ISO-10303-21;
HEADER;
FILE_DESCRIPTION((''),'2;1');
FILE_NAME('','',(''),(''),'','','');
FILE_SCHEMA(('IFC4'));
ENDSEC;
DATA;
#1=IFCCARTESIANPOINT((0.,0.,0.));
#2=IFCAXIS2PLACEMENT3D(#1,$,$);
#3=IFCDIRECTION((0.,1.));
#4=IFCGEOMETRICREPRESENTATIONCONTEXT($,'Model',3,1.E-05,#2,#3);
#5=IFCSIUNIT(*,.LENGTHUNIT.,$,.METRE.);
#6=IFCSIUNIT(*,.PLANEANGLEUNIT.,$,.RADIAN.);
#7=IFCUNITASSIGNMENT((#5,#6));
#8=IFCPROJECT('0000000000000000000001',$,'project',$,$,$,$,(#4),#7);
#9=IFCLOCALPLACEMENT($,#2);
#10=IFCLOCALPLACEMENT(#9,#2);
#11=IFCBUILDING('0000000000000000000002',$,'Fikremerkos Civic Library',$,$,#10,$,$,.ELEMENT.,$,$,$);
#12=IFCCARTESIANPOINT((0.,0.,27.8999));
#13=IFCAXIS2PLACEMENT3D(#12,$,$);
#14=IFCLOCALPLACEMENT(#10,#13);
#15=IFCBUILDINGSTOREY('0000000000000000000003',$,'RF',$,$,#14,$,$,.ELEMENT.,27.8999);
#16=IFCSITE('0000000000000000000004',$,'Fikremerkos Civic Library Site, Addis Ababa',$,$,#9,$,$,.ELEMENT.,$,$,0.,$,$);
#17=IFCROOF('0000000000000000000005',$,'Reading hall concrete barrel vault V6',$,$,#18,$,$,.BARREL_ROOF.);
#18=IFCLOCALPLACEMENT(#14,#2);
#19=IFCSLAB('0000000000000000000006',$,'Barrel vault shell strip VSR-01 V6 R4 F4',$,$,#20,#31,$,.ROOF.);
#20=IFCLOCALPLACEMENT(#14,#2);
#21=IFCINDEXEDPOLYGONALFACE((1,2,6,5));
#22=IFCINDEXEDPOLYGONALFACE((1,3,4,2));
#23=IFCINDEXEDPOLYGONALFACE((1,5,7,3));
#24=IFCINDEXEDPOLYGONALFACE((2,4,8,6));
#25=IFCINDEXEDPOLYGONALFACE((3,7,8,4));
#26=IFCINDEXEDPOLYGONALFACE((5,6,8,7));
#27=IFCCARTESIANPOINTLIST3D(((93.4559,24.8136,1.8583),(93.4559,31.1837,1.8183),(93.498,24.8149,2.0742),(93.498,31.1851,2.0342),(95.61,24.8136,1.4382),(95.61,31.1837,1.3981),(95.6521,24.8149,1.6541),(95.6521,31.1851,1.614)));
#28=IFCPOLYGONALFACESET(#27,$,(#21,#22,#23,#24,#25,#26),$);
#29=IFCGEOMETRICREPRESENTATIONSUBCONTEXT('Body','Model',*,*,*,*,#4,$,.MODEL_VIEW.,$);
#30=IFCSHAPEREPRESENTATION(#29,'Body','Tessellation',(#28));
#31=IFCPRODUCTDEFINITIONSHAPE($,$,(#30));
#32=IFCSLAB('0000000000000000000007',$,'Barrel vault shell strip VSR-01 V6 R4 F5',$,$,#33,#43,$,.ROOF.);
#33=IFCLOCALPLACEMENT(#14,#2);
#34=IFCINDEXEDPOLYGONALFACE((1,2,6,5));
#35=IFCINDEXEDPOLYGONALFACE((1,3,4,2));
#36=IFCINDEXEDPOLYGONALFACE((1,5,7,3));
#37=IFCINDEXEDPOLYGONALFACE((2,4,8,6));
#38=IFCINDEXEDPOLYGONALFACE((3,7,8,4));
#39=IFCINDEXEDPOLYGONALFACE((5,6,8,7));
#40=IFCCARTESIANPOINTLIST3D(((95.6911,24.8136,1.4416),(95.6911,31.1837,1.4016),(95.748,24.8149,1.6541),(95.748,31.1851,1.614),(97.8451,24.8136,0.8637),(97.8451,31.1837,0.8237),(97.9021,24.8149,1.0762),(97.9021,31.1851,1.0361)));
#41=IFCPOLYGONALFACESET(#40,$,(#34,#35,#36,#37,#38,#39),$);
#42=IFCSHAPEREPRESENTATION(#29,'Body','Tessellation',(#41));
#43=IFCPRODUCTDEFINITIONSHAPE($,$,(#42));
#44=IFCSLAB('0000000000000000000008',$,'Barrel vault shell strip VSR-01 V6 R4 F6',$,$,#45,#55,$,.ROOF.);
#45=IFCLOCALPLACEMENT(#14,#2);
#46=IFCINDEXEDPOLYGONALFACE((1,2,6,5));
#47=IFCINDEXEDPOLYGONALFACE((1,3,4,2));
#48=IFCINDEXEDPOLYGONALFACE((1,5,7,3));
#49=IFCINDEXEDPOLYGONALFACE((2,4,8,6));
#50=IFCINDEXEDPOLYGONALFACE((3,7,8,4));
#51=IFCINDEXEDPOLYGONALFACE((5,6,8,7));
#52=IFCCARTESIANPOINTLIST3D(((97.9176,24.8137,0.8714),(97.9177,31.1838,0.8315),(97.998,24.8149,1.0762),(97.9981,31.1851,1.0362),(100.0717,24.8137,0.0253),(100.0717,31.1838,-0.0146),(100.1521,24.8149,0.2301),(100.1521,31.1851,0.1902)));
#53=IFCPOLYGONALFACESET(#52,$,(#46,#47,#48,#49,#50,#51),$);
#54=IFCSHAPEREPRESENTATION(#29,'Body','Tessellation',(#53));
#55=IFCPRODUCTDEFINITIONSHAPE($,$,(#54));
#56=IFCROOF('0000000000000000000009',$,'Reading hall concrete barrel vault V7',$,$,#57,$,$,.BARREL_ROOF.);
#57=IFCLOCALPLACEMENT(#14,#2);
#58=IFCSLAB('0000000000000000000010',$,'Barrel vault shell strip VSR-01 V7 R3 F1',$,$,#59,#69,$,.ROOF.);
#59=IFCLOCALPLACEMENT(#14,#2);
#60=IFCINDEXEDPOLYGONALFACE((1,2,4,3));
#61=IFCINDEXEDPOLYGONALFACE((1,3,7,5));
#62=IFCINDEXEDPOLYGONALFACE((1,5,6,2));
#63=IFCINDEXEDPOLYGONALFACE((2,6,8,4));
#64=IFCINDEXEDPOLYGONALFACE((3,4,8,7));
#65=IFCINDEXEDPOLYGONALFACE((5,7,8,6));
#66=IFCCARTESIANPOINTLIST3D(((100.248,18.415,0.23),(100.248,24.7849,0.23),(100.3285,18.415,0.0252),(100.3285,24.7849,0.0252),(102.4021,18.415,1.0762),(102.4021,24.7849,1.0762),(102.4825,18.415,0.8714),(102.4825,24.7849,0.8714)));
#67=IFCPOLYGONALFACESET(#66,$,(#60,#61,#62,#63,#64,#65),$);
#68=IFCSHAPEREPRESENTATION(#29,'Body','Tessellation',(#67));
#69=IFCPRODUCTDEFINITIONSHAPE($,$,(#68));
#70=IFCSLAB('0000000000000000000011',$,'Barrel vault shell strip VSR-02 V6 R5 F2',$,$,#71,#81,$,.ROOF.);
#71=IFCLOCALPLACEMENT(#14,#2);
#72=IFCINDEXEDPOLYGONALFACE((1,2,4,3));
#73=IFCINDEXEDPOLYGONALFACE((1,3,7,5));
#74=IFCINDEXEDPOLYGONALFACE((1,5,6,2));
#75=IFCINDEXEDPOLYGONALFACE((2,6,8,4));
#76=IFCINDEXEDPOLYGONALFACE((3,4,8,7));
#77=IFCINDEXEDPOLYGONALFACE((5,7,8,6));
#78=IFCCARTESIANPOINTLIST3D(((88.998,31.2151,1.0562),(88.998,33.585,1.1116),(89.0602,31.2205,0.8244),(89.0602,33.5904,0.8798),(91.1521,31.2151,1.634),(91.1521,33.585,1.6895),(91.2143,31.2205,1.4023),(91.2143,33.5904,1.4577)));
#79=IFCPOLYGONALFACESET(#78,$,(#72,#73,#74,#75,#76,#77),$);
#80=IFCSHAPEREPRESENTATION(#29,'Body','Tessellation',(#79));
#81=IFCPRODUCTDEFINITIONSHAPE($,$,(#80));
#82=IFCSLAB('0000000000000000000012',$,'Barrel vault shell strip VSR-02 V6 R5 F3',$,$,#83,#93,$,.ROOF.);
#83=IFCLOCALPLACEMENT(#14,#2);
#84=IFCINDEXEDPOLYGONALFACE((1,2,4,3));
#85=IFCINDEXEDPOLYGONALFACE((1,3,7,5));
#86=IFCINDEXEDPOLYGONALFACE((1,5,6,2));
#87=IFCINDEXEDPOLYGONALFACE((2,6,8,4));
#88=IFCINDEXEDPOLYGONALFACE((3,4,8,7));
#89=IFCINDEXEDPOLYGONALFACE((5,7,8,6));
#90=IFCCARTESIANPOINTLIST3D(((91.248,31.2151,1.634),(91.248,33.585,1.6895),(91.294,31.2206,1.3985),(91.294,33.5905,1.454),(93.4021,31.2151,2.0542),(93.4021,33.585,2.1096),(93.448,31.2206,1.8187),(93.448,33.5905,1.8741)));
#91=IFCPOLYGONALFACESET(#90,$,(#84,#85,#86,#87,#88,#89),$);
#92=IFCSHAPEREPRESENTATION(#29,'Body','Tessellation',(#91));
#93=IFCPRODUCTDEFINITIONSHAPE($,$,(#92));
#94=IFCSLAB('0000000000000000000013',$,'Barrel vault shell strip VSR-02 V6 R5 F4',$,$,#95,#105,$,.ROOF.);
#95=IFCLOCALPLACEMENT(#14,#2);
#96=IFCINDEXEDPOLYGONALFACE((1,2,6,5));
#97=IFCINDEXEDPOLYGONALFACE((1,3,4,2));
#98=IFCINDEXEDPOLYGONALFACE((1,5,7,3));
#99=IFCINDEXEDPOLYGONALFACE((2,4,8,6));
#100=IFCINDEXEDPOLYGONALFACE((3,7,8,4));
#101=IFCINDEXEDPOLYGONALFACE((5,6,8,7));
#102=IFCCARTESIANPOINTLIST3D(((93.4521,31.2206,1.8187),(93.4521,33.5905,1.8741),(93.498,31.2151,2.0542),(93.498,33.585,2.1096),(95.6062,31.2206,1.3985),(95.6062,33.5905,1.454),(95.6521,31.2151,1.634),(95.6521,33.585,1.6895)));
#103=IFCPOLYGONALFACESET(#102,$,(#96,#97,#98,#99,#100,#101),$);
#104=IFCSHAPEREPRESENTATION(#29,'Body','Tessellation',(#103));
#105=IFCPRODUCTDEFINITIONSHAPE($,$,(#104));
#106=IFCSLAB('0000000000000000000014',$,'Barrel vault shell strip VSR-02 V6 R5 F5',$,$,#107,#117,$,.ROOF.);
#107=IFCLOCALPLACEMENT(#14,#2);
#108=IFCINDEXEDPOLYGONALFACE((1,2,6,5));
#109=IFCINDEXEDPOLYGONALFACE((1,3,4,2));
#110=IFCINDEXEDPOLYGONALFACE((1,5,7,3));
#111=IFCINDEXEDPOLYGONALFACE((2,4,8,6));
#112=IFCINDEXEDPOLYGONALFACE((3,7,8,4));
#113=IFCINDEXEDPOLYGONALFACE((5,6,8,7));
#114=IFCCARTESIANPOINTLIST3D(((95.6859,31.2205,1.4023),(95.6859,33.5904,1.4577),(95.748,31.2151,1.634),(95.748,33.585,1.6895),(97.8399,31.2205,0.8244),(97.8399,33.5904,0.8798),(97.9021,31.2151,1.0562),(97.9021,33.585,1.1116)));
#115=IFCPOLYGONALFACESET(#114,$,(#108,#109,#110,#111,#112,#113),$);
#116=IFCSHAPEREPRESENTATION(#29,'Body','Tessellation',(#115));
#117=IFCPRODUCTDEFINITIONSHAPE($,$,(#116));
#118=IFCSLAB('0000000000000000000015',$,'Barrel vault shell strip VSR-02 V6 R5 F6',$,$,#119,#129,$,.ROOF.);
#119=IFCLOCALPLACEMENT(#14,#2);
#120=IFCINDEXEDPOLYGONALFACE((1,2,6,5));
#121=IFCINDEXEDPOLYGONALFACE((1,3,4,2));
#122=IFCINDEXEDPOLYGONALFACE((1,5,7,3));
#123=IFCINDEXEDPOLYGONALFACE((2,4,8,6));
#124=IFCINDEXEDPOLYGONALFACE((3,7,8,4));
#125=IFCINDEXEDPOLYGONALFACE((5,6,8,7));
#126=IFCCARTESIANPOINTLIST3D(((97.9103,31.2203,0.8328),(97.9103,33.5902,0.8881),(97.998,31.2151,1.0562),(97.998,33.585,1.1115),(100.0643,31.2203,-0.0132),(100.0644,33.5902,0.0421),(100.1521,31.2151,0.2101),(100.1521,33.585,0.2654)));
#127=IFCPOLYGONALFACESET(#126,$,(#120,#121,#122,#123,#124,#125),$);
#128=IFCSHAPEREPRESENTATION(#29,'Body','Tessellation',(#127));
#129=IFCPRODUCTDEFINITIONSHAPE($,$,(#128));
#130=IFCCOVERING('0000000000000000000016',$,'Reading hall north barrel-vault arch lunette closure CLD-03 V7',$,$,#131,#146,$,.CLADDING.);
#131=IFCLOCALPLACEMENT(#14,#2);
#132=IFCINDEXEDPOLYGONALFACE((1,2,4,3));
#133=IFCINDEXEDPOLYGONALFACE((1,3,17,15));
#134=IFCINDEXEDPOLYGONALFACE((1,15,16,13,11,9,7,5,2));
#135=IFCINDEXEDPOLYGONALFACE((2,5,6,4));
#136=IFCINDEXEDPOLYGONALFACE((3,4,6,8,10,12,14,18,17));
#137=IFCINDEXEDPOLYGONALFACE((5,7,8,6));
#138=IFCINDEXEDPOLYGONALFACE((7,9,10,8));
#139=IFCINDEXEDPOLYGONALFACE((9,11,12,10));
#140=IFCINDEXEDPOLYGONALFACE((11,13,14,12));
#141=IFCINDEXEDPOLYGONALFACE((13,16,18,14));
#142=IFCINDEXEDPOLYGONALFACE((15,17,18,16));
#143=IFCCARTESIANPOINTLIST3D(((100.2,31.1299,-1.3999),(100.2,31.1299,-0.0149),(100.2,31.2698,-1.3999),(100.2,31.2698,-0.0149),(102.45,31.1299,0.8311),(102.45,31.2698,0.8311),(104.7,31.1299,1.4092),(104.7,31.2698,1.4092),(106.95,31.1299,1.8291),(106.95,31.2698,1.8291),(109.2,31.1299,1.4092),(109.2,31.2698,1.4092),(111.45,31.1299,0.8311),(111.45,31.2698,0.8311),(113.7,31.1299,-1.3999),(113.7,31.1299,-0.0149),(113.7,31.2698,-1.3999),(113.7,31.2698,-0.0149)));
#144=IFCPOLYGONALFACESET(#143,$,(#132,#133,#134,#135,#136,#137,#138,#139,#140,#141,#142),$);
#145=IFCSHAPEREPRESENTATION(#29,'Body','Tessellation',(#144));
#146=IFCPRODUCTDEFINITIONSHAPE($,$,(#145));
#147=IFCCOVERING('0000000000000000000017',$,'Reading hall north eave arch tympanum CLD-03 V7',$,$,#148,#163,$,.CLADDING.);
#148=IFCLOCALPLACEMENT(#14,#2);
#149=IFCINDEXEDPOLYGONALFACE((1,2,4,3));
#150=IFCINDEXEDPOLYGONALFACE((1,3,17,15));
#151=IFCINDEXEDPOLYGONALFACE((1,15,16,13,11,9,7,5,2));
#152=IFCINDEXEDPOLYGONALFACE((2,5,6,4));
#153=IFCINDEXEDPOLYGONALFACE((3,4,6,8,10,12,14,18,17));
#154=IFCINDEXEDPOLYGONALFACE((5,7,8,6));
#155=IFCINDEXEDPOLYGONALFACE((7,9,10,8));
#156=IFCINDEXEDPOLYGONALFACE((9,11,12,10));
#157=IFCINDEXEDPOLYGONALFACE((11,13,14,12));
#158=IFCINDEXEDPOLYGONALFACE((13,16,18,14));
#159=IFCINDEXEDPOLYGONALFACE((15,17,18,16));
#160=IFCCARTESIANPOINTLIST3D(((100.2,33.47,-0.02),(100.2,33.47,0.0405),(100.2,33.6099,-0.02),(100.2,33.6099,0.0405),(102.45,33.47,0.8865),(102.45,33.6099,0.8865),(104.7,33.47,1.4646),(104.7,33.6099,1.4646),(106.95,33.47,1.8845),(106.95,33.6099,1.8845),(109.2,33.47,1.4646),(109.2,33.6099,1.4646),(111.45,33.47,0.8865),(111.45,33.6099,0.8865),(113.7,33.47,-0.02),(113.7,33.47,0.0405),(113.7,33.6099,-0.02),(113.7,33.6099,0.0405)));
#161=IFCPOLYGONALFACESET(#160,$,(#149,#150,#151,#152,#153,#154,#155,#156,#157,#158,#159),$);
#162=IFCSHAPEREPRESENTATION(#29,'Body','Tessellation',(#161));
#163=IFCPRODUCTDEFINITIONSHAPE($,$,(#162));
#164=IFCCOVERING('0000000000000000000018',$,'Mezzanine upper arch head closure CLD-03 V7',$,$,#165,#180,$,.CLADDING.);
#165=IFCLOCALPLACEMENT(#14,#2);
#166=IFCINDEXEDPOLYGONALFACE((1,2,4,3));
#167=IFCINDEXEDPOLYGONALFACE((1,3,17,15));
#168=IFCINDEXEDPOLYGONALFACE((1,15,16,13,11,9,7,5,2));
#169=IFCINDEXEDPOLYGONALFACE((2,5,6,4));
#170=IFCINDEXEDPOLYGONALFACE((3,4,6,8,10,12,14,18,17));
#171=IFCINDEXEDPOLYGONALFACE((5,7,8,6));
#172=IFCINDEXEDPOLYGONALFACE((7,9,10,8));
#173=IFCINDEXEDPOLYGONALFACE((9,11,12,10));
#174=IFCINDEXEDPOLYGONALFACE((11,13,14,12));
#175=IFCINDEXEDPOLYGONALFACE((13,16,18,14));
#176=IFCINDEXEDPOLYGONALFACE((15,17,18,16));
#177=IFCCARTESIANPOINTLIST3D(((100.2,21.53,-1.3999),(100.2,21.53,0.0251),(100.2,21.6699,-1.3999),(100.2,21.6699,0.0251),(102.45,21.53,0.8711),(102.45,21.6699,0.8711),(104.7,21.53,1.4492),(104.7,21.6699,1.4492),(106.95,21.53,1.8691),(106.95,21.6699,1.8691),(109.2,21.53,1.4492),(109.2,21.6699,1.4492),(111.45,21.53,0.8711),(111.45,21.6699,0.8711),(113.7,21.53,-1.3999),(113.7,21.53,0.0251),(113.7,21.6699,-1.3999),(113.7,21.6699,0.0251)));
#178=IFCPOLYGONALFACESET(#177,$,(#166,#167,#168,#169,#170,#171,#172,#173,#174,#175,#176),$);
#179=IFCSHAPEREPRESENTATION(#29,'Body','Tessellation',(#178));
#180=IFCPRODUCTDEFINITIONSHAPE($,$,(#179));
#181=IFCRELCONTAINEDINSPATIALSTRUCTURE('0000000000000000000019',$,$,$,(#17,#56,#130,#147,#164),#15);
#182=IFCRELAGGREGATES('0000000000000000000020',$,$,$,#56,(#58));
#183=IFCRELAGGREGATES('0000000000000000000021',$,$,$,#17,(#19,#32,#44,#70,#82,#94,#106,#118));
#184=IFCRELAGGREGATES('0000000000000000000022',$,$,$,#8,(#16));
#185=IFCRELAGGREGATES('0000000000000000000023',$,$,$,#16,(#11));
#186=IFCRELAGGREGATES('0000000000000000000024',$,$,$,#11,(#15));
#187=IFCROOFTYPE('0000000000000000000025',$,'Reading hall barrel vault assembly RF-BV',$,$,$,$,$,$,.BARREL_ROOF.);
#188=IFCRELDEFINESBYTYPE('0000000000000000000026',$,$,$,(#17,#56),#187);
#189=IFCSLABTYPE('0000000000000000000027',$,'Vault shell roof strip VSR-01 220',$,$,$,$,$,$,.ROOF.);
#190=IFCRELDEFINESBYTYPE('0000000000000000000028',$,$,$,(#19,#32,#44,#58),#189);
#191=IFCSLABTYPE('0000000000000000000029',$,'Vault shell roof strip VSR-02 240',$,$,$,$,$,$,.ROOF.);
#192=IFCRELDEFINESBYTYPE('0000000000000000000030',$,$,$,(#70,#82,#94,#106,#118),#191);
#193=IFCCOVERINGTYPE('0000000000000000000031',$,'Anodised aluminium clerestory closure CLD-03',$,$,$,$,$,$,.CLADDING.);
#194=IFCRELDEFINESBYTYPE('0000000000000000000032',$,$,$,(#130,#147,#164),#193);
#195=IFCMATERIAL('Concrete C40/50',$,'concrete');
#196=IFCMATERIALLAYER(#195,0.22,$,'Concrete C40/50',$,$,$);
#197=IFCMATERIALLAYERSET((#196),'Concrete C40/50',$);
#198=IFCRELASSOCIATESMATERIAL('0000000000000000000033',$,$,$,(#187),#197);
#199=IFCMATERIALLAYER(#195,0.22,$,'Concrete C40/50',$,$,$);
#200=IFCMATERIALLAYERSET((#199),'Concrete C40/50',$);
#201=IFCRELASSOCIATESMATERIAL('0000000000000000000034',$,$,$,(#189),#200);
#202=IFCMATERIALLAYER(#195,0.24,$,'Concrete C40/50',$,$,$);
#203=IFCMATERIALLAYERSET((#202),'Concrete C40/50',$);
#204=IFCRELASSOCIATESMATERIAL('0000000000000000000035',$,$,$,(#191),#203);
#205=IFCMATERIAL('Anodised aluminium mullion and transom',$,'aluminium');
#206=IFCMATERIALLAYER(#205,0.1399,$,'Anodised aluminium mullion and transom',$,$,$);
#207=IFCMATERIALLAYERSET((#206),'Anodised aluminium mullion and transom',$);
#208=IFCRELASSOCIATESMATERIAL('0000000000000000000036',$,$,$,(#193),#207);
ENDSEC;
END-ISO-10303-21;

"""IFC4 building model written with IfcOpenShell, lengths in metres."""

from ifc_helpers import new_model, si_unit, direction, frame, origin, place, context, subcontext, project, spatial, polyline, outline, extrude, material, layer, layer_set, type_object, element, aggregate, save


model = new_model("IFC4")

# Units and contexts
model_context = context("Model", 3, precision=1e-05, world=origin(), true_north=direction((0.0, 1.0)))
body_context = subcontext(model_context, "Body", "Model", "MODEL_VIEW")
ifc_project = project(units=[si_unit("LENGTHUNIT", "METRE"), si_unit("PLANEANGLEUNIT", "RADIAN")], contexts=[model_context])

# Site, building, storey
site_placement = place(None, origin())
site = spatial("IfcSite", under=ifc_project, at=site_placement, Name="Fikremerkos Civic Library Site, Addis Ababa", CompositionType="ELEMENT", RefElevation=0.0)
building_placement = place(site_placement, origin())
building = spatial("IfcBuilding", under=site, at=building_placement, Name="Fikremerkos Civic Library", CompositionType="ELEMENT")
storey_placement = place(building_placement, frame((0.0, 0.0, 27.8999)))
storey = spatial("IfcBuildingStorey", under=building, at=storey_placement, Name="RF", CompositionType="ELEMENT", Elevation=27.8999)

# Roof, slabs
ifc_material_1 = material(Name="Concrete C40/50", Category="concrete")
ifc_layer_1 = layer(ifc_material_1, 0.22, Name="Concrete C40/50")
ifc_layer_set_1 = layer_set([ifc_layer_1], Name="Concrete C40/50")
roof_type = type_object("IfcRoofType", Name="Reading hall barrel vault assembly RF-BV", PredefinedType="BARREL_ROOF", material=ifc_layer_set_1)
roof_1_placement = place(storey_placement, origin())
roof_1 = element("IfcRoof", 1, at=roof_1_placement, inside=storey, type_object=roof_type, Name="Reading hall concrete barrel vault V6", PredefinedType="BARREL_ROOF")
ifc_layer_2 = layer(ifc_material_1, 0.22, Name="Concrete C40/50")
ifc_layer_set_2 = layer_set([ifc_layer_2], Name="Concrete C40/50")
slab_type_1 = type_object("IfcSlabType", Name="Vault shell roof strip VSR-01 220", PredefinedType="ROOF", material=ifc_layer_set_2)
slab_1_placement = place(storey_placement, frame((93.498, 24.8149, 2.0742), z_axis=(0.191447, 0.006169, 0.981484), x_axis=(0.981502, 0.0, -0.19145)))
slab_1 = element("IfcSlab", 2, at=slab_1_placement, type_object=slab_type_1, Name="Barrel vault shell strip VSR-01 V6 R4 F4", PredefinedType="ROOF", context=body_context, shape_type="SweptSolid", body=[
    extrude(outline(polyline([(0.0, 0.0), (2.1946, 0.0), (2.2023, 6.3702), (0.0077, 6.3702), (0.0, 0.0)])), origin(), (0.0, 0.0, -1.0), 0.22),
])
slab_2_placement = place(storey_placement, frame((95.748, 24.8149, 1.6541), z_axis=(0.259109, 0.006071, 0.965829), x_axis=(0.965847, 0.0, -0.259114)))
slab_2 = element("IfcSlab", 3, at=slab_2_placement, type_object=slab_type_1, Name="Barrel vault shell strip VSR-01 V6 R4 F5", PredefinedType="ROOF", context=body_context, shape_type="SweptSolid", body=[
    extrude(outline(polyline([(0.0, 0.0), (2.2302, 0.0), (2.2406, 6.3702), (0.0104, 6.3702), (0.0, 0.0)])), origin(), (0.0, 0.0, -1.0), 0.22),
])
slab_3_placement = place(storey_placement, frame((97.998, 24.8149, 1.0762), z_axis=(0.365584, 0.005832, 0.93076), x_axis=(0.930776, 0.0, -0.36559)))
slab_3 = element("IfcSlab", 4, at=slab_3_placement, type_object=slab_type_1, Name="Barrel vault shell strip VSR-01 V6 R4 F6", PredefinedType="ROOF", context=body_context, shape_type="SweptSolid", body=[
    extrude(outline(polyline([(0.0, 0.0), (2.3143, 0.0), (2.3289, 6.3702), (0.0146, 6.3702), (0.0, 0.0)])), origin(), (0.0, 0.0, -1.0), 0.22),
])

# Roof, slab
roof_2_placement = place(storey_placement, origin())
roof_2 = element("IfcRoof", 5, at=roof_2_placement, inside=storey, type_object=roof_type, Name="Reading hall concrete barrel vault V7", PredefinedType="BARREL_ROOF")
slab_4_placement = place(storey_placement, frame((100.248, 18.415, 0.23), z_axis=(-0.365636, 0.0, 0.930758), x_axis=(0.930758, 0.0, 0.365636)))
slab_4 = element("IfcSlab", 6, at=slab_4_placement, type_object=slab_type_1, Name="Barrel vault shell strip VSR-01 V7 R3 F1", PredefinedType="ROOF", context=body_context, shape_type="SweptSolid", body=[
    extrude(outline(polyline([(0.0, 0.0), (2.3143, 0.0), (2.3143, 6.3699), (0.0, 6.3699), (0.0, 0.0)])), origin(), (0.0, 0.0, -1.0), 0.22),
])
aggregate(roof_2, [slab_4])

# Slabs
ifc_layer_3 = layer(ifc_material_1, 0.24, Name="Concrete C40/50")
ifc_layer_set_3 = layer_set([ifc_layer_3], Name="Concrete C40/50")
slab_type_2 = type_object("IfcSlabType", Name="Vault shell roof strip VSR-02 240", PredefinedType="ROOF", material=ifc_layer_set_3)
slab_5_placement = place(storey_placement, frame((88.998, 31.2151, 1.0562), z_axis=(-0.259048, -0.022581, 0.965601), x_axis=(0.965847, 0.0, 0.259114)))
slab_5 = element("IfcSlab", 7, at=slab_5_placement, type_object=slab_type_2, Name="Barrel vault shell strip VSR-02 V6 R5 F2", PredefinedType="ROOF", context=body_context, shape_type="SweptSolid", body=[
    extrude(outline(polyline([(0.0, 0.0), (2.2302, 0.0), (2.2446, 2.3705), (0.0144, 2.3705), (0.0, 0.0)])), origin(), (0.0, 0.0, -1.0), 0.24),
])
slab_6_placement = place(storey_placement, frame((91.248, 31.2151, 1.634), z_axis=(-0.1914, -0.022947, 0.981244), x_axis=(0.981502, 0.0, 0.19145)))
slab_6 = element("IfcSlab", 8, at=slab_6_placement, type_object=slab_type_2, Name="Barrel vault shell strip VSR-02 V6 R5 F3", PredefinedType="ROOF", context=body_context, shape_type="SweptSolid", body=[
    extrude(outline(polyline([(0.0, 0.0), (2.1946, 0.0), (2.2053, 2.3705), (0.0106, 2.3705), (0.0, 0.0)])), origin(), (0.0, 0.0, -1.0), 0.24),
])
slab_7_placement = place(storey_placement, frame((93.498, 31.2151, 2.0542), z_axis=(0.1914, -0.022947, 0.981244), x_axis=(0.981502, 0.0, -0.19145)))
slab_7 = element("IfcSlab", 9, at=slab_7_placement, type_object=slab_type_2, Name="Barrel vault shell strip VSR-02 V6 R5 F4", PredefinedType="ROOF", context=body_context, shape_type="SweptSolid", body=[
    extrude(outline(polyline([(0.0, 0.0), (2.1946, 0.0), (2.184, 2.3705), (-0.0106, 2.3705), (0.0, 0.0)])), origin(), (0.0, 0.0, -1.0), 0.24),
])
slab_8_placement = place(storey_placement, frame((95.748, 31.2151, 1.634), z_axis=(0.259048, -0.022581, 0.965601), x_axis=(0.965847, 0.0, -0.259114)))
slab_8 = element("IfcSlab", 10, at=slab_8_placement, type_object=slab_type_2, Name="Barrel vault shell strip VSR-02 V6 R5 F5", PredefinedType="ROOF", context=body_context, shape_type="SweptSolid", body=[
    extrude(outline(polyline([(0.0, 0.0), (2.2302, 0.0), (2.2159, 2.3705), (-0.0144, 2.3705), (0.0, 0.0)])), origin(), (0.0, 0.0, -1.0), 0.24),
])
slab_9_placement = place(storey_placement, frame((97.998, 31.2151, 1.0562), z_axis=(0.365504, -0.021713, 0.930556), x_axis=(0.930776, 0.000001, -0.36559)))
slab_9 = element("IfcSlab", 11, at=slab_9_placement, type_object=slab_type_2, Name="Barrel vault shell strip VSR-02 V6 R5 F6", PredefinedType="ROOF", context=body_context, shape_type="SweptSolid", body=[
    extrude(outline(polyline([(0.0, 0.0), (2.3142, 0.0), (2.294, 2.3704), (-0.0203, 2.3704), (0.0, 0.0)])), origin(), (0.0, 0.0, -1.0), 0.24),
])
aggregate(roof_1, [slab_1, slab_2, slab_3, slab_5, slab_6, slab_7, slab_8, slab_9])

# Coverings
ifc_material_2 = material(Name="Anodised aluminium mullion and transom", Category="aluminium")
ifc_layer_4 = layer(ifc_material_2, 0.1399, Name="Anodised aluminium mullion and transom")
ifc_layer_set_4 = layer_set([ifc_layer_4], Name="Anodised aluminium mullion and transom")
covering_type = type_object("IfcCoveringType", Name="Anodised aluminium clerestory closure CLD-03", PredefinedType="CLADDING", material=ifc_layer_set_4)
covering_1_placement = place(storey_placement, frame((100.2, 31.2, -1.3999), z_axis=(0.0, 0.0, 1.0), x_axis=(1.0, 0.0, 0.0)))
element("IfcCovering", 12, at=covering_1_placement, inside=storey, type_object=covering_type, Name="Reading hall north barrel-vault arch lunette closure CLD-03 V7", PredefinedType="CLADDING", context=body_context, shape_type="SweptSolid", body=[
    extrude(outline(polyline([(0.0, 0.0), (13.5, 0.0), (13.5, 1.385), (11.25, 2.231), (9.0, 2.8091), (6.75, 3.229), (4.5, 2.8091), (2.25, 2.231), (0.0, 1.385), (0.0, 0.0)])), frame((0.0, 0.0698, 0.0), z_axis=(0.0, -1.0, 0.0), x_axis=(1.0, 0.0, 0.0)), (0.0, 0.0, 1.0), 0.1399),
])
covering_2_placement = place(storey_placement, frame((100.2, 33.54, -0.02), z_axis=(0.0, 0.0, 1.0), x_axis=(1.0, 0.0, 0.0)))
element("IfcCovering", 13, at=covering_2_placement, inside=storey, type_object=covering_type, Name="Reading hall north eave arch tympanum CLD-03 V7", PredefinedType="CLADDING", context=body_context, shape_type="SweptSolid", body=[
    extrude(outline(polyline([(0.0, 0.0), (13.5, 0.0), (13.5, 0.0605), (11.25, 0.9065), (9.0, 1.4846), (6.75, 1.9045), (4.5, 1.4846), (2.25, 0.9065), (0.0, 0.0605), (0.0, 0.0)])), frame((0.0, 0.0698, 0.0), z_axis=(0.0, -1.0, 0.0), x_axis=(1.0, 0.0, 0.0)), (0.0, 0.0, 1.0), 0.1399),
])
covering_3_placement = place(storey_placement, frame((100.2, 21.6001, -1.3999), z_axis=(0.0, 0.0, 1.0), x_axis=(1.0, 0.0, 0.0)))
element("IfcCovering", 14, at=covering_3_placement, inside=storey, type_object=covering_type, Name="Mezzanine upper arch head closure CLD-03 V7", PredefinedType="CLADDING", context=body_context, shape_type="SweptSolid", body=[
    extrude(outline(polyline([(0.0, 0.0), (13.5, 0.0), (13.5, 1.425), (11.25, 2.271), (9.0, 2.8491), (6.75, 3.269), (4.5, 2.8491), (2.25, 2.271), (0.0, 1.425), (0.0, 0.0)])), frame((0.0, 0.0698, 0.0), z_axis=(0.0, -1.0, 0.0), x_axis=(1.0, 0.0, 0.0)), (0.0, 0.0, 1.0), 0.1399),
])

save(model, "model.ifc")
